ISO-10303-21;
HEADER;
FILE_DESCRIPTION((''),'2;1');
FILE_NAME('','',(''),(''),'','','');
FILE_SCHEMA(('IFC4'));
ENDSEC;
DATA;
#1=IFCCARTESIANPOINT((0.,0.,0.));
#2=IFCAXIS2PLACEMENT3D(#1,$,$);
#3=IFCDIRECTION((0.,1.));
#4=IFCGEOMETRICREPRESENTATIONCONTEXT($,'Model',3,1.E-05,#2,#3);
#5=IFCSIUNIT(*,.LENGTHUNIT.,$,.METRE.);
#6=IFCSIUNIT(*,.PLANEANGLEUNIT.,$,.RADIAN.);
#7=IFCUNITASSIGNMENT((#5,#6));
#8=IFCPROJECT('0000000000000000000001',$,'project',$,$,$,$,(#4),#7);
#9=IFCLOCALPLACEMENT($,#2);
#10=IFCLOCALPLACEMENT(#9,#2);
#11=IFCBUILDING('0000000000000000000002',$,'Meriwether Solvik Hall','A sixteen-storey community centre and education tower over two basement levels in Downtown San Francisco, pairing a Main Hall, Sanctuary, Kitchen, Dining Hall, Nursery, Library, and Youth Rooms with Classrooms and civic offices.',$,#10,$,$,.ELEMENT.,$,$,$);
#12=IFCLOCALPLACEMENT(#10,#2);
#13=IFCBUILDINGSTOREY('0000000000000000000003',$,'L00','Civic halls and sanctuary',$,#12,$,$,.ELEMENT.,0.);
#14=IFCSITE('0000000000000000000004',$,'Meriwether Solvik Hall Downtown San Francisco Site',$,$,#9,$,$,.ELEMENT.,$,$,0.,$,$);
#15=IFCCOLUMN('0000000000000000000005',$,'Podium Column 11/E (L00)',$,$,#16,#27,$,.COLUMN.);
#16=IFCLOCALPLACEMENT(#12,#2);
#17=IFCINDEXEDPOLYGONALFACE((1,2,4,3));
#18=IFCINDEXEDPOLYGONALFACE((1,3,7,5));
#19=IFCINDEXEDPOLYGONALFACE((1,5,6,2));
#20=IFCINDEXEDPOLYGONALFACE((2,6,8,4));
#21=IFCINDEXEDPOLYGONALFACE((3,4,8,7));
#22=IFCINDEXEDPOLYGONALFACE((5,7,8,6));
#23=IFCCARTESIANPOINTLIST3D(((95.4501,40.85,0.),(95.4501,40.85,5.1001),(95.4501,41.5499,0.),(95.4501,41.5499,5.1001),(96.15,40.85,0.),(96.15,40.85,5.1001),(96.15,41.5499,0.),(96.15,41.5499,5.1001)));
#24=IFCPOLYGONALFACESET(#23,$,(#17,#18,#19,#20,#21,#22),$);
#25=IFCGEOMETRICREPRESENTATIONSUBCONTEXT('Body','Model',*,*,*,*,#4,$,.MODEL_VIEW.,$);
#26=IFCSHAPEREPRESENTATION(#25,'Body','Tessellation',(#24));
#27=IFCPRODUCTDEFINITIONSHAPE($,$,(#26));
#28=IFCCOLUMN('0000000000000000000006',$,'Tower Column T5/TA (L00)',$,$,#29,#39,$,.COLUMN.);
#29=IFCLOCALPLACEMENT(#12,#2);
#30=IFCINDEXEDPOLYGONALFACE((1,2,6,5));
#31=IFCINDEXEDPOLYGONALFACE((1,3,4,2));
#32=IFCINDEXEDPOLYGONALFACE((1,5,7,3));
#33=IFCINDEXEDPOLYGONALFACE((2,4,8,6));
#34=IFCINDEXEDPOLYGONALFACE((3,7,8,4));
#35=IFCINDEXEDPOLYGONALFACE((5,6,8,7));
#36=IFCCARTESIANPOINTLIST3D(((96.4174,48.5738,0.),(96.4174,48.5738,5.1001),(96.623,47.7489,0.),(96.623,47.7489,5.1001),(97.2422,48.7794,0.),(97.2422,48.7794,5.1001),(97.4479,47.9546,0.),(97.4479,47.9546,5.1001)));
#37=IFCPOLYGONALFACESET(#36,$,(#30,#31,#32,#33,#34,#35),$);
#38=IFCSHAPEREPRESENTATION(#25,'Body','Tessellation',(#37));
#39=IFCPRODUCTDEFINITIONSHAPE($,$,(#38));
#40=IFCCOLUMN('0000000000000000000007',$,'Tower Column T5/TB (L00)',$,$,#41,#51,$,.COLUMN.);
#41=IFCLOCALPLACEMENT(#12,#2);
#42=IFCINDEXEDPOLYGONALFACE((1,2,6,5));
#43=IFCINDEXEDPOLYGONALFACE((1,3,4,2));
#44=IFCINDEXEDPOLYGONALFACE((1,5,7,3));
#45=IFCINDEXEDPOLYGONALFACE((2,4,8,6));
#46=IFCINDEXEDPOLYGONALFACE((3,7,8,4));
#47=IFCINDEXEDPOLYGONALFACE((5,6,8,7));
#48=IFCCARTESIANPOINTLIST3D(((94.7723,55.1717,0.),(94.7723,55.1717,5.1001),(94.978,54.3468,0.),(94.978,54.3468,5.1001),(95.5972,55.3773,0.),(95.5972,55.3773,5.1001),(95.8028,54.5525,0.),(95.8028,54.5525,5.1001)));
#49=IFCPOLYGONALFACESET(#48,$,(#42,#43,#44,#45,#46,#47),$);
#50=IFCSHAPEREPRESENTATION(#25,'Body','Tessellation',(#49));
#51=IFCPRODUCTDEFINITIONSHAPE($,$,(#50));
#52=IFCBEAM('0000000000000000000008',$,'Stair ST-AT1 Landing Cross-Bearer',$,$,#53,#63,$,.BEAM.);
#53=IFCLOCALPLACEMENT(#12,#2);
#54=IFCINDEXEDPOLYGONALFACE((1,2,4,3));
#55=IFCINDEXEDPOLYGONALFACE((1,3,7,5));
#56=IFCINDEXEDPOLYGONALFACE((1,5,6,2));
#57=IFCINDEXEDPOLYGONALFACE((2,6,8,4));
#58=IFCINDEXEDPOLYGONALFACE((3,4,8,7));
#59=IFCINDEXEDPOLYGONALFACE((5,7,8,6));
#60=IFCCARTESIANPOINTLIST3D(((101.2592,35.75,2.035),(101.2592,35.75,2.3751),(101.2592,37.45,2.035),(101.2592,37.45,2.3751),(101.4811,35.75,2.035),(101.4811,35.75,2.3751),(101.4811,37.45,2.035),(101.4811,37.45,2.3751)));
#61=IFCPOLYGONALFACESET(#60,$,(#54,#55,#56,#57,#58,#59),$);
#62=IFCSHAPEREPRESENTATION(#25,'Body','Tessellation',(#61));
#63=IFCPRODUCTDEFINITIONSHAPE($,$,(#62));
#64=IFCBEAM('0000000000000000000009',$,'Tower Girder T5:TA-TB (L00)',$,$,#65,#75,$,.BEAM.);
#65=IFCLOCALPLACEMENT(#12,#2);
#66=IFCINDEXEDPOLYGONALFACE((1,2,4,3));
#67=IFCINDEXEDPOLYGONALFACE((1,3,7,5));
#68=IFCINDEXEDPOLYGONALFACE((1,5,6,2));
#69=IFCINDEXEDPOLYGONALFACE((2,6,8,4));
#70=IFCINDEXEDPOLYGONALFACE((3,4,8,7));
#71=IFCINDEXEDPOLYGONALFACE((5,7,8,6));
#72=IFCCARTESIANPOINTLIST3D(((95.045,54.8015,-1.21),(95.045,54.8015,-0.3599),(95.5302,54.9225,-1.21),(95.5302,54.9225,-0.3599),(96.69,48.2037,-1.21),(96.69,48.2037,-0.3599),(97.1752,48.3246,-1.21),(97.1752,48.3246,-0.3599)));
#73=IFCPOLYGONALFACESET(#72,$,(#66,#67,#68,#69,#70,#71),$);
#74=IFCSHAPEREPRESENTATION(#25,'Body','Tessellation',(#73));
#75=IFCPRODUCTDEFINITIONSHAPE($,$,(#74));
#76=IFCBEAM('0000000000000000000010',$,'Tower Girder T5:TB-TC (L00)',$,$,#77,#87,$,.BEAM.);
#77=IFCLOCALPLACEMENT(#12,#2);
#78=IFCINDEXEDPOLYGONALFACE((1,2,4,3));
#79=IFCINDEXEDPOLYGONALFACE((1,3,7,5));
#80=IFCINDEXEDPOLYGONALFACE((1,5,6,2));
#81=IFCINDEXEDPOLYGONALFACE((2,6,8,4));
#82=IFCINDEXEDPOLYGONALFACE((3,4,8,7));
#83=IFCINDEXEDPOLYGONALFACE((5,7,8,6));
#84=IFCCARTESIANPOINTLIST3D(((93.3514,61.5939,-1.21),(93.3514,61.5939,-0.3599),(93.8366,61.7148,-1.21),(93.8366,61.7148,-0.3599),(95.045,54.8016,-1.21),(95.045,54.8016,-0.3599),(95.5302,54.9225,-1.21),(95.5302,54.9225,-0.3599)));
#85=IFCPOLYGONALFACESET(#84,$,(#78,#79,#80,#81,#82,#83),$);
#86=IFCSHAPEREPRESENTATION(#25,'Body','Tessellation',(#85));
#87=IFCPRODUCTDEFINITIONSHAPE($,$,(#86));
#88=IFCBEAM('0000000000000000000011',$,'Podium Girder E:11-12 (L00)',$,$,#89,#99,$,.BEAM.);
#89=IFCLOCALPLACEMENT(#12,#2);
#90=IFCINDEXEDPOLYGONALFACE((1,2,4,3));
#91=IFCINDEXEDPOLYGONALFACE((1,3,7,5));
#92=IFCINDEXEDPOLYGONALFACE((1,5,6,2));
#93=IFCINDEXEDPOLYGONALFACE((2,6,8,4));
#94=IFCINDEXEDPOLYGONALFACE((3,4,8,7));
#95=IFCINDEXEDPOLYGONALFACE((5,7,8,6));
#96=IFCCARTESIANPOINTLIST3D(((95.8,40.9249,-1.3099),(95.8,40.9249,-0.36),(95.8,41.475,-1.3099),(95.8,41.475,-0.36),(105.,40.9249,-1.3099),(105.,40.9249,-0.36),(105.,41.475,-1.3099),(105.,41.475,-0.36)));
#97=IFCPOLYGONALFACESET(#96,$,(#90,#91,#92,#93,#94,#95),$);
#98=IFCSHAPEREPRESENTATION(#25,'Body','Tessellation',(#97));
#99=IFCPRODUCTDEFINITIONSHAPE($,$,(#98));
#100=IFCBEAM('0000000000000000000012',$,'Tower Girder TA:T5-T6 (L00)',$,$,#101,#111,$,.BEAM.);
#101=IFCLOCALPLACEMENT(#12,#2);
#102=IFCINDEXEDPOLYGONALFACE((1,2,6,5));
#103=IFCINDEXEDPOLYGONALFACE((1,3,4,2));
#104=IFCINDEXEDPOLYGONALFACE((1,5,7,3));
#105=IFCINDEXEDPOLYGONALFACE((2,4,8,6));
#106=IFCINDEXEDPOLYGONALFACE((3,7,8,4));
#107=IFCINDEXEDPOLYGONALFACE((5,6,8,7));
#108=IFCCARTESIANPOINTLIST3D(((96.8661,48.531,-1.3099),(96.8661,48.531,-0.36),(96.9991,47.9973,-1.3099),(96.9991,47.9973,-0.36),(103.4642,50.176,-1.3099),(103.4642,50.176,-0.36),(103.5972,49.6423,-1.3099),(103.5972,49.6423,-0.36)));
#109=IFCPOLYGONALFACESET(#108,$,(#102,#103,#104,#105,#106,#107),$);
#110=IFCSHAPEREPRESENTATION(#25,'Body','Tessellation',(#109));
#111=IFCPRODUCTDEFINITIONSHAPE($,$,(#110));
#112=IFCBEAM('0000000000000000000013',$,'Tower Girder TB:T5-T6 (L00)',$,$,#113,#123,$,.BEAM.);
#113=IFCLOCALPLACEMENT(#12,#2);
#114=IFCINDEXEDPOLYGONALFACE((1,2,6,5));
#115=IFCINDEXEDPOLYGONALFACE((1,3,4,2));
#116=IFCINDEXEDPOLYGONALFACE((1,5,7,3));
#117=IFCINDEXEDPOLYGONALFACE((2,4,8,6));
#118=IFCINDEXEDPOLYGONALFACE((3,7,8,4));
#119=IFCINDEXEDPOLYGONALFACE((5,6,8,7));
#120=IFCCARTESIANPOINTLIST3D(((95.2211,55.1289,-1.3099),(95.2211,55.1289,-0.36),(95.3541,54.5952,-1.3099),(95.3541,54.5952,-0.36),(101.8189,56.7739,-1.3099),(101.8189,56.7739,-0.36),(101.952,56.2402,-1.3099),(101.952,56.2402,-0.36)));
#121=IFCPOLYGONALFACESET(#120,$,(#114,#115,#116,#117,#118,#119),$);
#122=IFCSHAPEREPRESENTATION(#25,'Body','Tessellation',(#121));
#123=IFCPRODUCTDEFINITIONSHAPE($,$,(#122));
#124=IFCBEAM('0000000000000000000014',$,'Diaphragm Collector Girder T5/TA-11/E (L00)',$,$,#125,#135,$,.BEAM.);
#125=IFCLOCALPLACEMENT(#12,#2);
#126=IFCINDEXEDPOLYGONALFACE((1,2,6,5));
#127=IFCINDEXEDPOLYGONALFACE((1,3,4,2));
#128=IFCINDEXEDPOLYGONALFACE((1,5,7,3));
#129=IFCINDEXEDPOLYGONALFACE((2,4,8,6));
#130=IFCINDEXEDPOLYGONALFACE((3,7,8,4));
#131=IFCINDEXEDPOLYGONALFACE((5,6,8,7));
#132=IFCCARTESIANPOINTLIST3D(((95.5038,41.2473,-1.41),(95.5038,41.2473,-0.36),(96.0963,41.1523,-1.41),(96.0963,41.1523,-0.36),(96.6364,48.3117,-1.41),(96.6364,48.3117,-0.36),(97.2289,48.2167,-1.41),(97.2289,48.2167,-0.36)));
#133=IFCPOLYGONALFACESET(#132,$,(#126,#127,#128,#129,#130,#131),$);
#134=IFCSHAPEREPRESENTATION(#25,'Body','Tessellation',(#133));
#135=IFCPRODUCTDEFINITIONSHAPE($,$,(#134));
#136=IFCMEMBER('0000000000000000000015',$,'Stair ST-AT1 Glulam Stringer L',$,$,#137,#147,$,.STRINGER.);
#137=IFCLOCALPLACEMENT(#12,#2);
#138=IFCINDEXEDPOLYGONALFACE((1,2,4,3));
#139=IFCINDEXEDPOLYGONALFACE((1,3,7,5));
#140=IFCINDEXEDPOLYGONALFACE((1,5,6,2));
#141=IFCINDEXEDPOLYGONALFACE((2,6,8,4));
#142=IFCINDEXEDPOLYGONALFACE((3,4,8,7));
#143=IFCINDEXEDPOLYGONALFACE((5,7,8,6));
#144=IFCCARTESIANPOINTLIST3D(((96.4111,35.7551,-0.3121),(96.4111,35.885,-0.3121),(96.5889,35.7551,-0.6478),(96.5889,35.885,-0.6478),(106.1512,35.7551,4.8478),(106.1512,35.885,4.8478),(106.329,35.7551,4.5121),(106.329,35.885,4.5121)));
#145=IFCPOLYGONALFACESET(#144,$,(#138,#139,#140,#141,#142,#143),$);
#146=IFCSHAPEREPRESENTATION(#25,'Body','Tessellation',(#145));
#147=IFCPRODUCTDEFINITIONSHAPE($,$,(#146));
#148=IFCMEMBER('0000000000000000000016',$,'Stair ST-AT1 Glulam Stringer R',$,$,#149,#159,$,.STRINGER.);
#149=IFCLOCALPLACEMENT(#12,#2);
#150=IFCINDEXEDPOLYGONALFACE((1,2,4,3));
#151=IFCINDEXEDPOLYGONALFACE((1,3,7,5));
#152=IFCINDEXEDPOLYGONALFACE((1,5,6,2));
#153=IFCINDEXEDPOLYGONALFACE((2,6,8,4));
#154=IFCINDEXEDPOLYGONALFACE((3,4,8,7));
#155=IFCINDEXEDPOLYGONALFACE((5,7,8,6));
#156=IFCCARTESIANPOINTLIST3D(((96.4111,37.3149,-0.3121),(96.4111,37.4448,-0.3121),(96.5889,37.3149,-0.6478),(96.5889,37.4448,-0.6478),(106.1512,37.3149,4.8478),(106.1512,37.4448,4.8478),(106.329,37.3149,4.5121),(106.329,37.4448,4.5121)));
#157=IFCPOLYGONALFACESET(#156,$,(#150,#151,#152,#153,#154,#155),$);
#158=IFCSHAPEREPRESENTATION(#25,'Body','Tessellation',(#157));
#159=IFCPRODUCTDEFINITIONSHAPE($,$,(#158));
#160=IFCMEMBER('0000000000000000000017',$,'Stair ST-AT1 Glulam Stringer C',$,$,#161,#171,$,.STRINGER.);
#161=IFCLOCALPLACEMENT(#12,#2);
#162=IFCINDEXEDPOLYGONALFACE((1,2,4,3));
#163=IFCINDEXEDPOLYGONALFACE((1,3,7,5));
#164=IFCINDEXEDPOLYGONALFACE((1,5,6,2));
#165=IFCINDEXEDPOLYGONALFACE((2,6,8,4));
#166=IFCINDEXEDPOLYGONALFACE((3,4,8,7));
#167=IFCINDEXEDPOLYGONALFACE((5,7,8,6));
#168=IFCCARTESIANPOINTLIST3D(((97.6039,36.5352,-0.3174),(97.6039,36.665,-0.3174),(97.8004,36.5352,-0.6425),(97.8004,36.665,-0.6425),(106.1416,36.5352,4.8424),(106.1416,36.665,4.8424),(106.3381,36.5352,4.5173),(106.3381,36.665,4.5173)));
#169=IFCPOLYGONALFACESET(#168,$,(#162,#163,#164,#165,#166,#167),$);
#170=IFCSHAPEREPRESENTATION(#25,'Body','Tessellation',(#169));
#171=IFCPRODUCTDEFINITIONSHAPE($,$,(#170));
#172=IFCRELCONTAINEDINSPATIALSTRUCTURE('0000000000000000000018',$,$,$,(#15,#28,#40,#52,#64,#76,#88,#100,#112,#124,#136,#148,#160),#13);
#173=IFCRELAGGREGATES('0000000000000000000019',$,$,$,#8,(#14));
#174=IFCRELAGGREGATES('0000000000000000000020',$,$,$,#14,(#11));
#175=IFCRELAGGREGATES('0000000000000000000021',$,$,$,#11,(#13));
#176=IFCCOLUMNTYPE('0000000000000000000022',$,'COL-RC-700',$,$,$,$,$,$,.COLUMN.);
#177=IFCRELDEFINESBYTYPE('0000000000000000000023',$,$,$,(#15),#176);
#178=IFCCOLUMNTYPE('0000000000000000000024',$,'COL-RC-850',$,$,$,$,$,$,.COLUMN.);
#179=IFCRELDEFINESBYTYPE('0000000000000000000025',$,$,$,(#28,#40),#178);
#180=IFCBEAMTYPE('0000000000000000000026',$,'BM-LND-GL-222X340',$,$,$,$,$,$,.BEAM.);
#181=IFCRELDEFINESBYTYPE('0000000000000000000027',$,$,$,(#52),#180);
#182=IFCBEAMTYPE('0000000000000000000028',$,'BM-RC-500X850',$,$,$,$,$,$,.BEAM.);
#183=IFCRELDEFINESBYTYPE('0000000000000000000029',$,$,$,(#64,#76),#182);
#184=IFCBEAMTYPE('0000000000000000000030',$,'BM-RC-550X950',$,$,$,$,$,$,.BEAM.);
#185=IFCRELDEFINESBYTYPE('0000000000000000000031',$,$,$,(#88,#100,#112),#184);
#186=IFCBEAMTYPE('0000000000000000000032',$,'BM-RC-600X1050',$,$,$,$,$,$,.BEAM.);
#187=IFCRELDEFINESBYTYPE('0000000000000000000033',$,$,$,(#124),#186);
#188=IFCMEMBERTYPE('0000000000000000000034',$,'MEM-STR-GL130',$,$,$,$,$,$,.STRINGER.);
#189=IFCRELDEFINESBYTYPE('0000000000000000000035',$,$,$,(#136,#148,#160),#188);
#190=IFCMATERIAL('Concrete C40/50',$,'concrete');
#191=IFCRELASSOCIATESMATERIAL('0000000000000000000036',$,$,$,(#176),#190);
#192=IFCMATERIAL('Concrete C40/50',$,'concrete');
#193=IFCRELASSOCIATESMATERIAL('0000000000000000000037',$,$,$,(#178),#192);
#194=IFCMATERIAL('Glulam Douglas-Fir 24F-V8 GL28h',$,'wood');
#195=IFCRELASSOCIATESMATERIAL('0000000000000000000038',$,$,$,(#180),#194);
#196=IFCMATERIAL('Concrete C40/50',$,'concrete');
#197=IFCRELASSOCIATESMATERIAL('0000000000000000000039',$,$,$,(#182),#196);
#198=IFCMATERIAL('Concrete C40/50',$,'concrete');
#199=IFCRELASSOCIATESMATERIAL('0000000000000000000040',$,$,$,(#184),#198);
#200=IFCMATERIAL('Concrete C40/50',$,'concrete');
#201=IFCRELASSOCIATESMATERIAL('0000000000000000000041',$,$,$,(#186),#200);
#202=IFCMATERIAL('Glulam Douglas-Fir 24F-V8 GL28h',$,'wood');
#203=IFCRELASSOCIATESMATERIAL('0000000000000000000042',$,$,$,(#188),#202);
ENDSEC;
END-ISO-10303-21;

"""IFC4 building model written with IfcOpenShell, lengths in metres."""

from ifc_helpers import new_model, si_unit, direction, frame, origin, origin_2d, place, context, subcontext, project, spatial, rectangle, extrude, material, material_profile, profile_set, type_object, element, save


model = new_model("IFC4")

# Units and contexts
model_context = context("Model", 3, precision=1e-05, world=origin(), true_north=direction((0.0, 1.0)))
body_context = subcontext(model_context, "Body", "Model", "MODEL_VIEW")
ifc_project = project(units=[si_unit("LENGTHUNIT", "METRE"), si_unit("PLANEANGLEUNIT", "RADIAN")], contexts=[model_context])

# Site, building, storey
site_placement = place(None, origin())
site = spatial("IfcSite", under=ifc_project, at=site_placement, Name="Meriwether Solvik Hall Downtown San Francisco Site", CompositionType="ELEMENT", RefElevation=0.0)
building_placement = place(site_placement, origin())
building = spatial("IfcBuilding", under=site, at=building_placement, Name="Meriwether Solvik Hall", Description="A sixteen-storey community centre and education tower over two basement levels in Downtown San Francisco, pairing a Main Hall, Sanctuary, Kitchen, Dining Hall, Nursery, Library, and Youth Rooms with Classrooms and civic offices.", CompositionType="ELEMENT")
storey_placement = place(building_placement, origin())
storey = spatial("IfcBuildingStorey", under=building, at=storey_placement, Name="L00", Description="Civic halls and sanctuary", CompositionType="ELEMENT", Elevation=0.0)

# Columns
ifc_material_1 = material(Name="Concrete C40/50", Category="concrete")
ifc_material_profile_1 = material_profile(ifc_material_1, rectangle(XDim=0.7, YDim=0.7, at=origin_2d()), Name="RCC-700X700")
ifc_profile_set_1 = profile_set([ifc_material_profile_1], Name="Concrete C40/50")
column_type_1 = type_object("IfcColumnType", Name="COL-RC-700", PredefinedType="COLUMN", material=ifc_profile_set_1)
column_placement = place(storey_placement, frame((95.8, 41.2, 0.0), z_axis=(0.0, 0.0, 1.0), x_axis=(1.0, 0.0, 0.0)))
element("IfcColumn", 1, at=column_placement, inside=storey, type_object=column_type_1, Name="Podium Column 11/E (L00)", PredefinedType="COLUMN", context=body_context, shape_type="SweptSolid", body=[
    extrude(rectangle(XDim=0.7, YDim=0.7, at=origin_2d()), origin(), (0.0, 0.0, 1.0), 5.1001),
])
ifc_material_2 = material(Name="Concrete C40/50", Category="concrete")
ifc_material_profile_2 = material_profile(ifc_material_2, rectangle(XDim=0.8501, YDim=0.8501, at=origin_2d()), Name="RCC-850X850")
ifc_profile_set_2 = profile_set([ifc_material_profile_2], Name="Concrete C40/50")
column_type_2 = type_object("IfcColumnType", Name="COL-RC-850", PredefinedType="COLUMN", material=ifc_profile_set_2)
for number, where, z_axis, x_axis, name in (
    (2, (96.9326, 48.2642, 0.0), (0.0, 0.0, 1.0), (0.970296, 0.241922, 0.0), "Tower Column T5/TA (L00)"),
    (3, (95.2876, 54.8621, 0.0), (0.0, 0.0, 1.0), (0.970296, 0.241922, 0.0), "Tower Column T5/TB (L00)"),
):
    element("IfcColumn", number, at=place(storey_placement, frame(where, z_axis=z_axis, x_axis=x_axis)), inside=storey, type_object=column_type_2, Name=name, PredefinedType="COLUMN", context=body_context, shape_type="SweptSolid", body=[
        extrude(rectangle(XDim=0.8501, YDim=0.8501, at=origin_2d()), origin(), (0.0, 0.0, 1.0), 5.1001),
    ])

# Beams
ifc_material_3 = material(Name="Glulam Douglas-Fir 24F-V8 GL28h", Category="wood")
ifc_material_profile_3 = material_profile(ifc_material_3, rectangle(XDim=0.2219, YDim=0.3401, at=origin_2d()), Name="GLB-222X340")
ifc_profile_set_3 = profile_set([ifc_material_profile_3], Name="Glulam Douglas-Fir 24F-V8 GL28h")
beam_type_1 = type_object("IfcBeamType", Name="BM-LND-GL-222X340", PredefinedType="BEAM", material=ifc_profile_set_3)
beam_1_placement = place(storey_placement, frame((101.3701, 35.75, 2.2051), z_axis=(0.0, 1.0, 0.0), x_axis=(-1.0, 0.0, 0.0)))
element("IfcBeam", 4, at=beam_1_placement, inside=storey, type_object=beam_type_1, Name="Stair ST-AT1 Landing Cross-Bearer", PredefinedType="BEAM", context=body_context, shape_type="SweptSolid", body=[
    extrude(rectangle(XDim=0.2219, YDim=0.3401, at=origin_2d()), origin(), (0.0, 0.0, 1.0), 1.7),
])
ifc_material_4 = material(Name="Concrete C40/50", Category="concrete")
ifc_material_profile_4 = material_profile(ifc_material_4, rectangle(XDim=0.5, YDim=0.8501, at=origin_2d()), Name="RCB-500X850")
ifc_profile_set_4 = profile_set([ifc_material_profile_4], Name="Concrete C40/50")
beam_type_2 = type_object("IfcBeamType", Name="BM-RC-500X850", PredefinedType="BEAM", material=ifc_profile_set_4)
beam_2_placement = place(storey_placement, frame((96.9326, 48.2642, -0.7849), z_axis=(-0.241919, 0.970296, 0.0), x_axis=(-0.970296, -0.241919, 0.0)))
element("IfcBeam", 5, at=beam_2_placement, inside=storey, type_object=beam_type_2, Name="Tower Girder T5:TA-TB (L00)", PredefinedType="BEAM", context=body_context, shape_type="SweptSolid", body=[
    extrude(rectangle(XDim=0.5, YDim=0.8501, at=origin_2d()), origin(), (0.0, 0.0, 1.0), 6.7998),
])
beam_3_placement = place(storey_placement, frame((95.2876, 54.8621, -0.7849), z_axis=(-0.241937, 0.970292, 0.0), x_axis=(-0.970292, -0.241937, 0.0)))
element("IfcBeam", 6, at=beam_3_placement, inside=storey, type_object=beam_type_2, Name="Tower Girder T5:TB-TC (L00)", PredefinedType="BEAM", context=body_context, shape_type="SweptSolid", body=[
    extrude(rectangle(XDim=0.5, YDim=0.8501, at=origin_2d()), origin(), (0.0, 0.0, 1.0), 7.0002),
])
ifc_material_5 = material(Name="Concrete C40/50", Category="concrete")
ifc_material_profile_5 = material_profile(ifc_material_5, rectangle(XDim=0.55, YDim=0.95, at=origin_2d()), Name="RCB-550X950")
ifc_profile_set_5 = profile_set([ifc_material_profile_5], Name="Concrete C40/50")
beam_type_3 = type_object("IfcBeamType", Name="BM-RC-550X950", PredefinedType="BEAM", material=ifc_profile_set_5)
beam_4_placement = place(storey_placement, frame((95.8, 41.2, -0.835), z_axis=(1.0, 0.0, 0.0), x_axis=(0.0, 1.0, 0.0)))
element("IfcBeam", 7, at=beam_4_placement, inside=storey, type_object=beam_type_3, Name="Podium Girder E:11-12 (L00)", PredefinedType="BEAM", context=body_context, shape_type="SweptSolid", body=[
    extrude(rectangle(XDim=0.55, YDim=0.95, at=origin_2d()), origin(), (0.0, 0.0, 1.0), 9.2),
])
beam_5_placement = place(storey_placement, frame((96.9326, 48.2642, -0.835), z_axis=(0.970299, 0.24191, 0.0), x_axis=(-0.24191, 0.970299, 0.0)))
element("IfcBeam", 8, at=beam_5_placement, inside=storey, type_object=beam_type_3, Name="Tower Girder TA:T5-T6 (L00)", PredefinedType="BEAM", context=body_context, shape_type="SweptSolid", body=[
    extrude(rectangle(XDim=0.55, YDim=0.95, at=origin_2d()), origin(), (0.0, 0.0, 1.0), 6.8),
])
beam_6_placement = place(storey_placement, frame((95.2876, 54.8621, -0.835), z_axis=(0.970296, 0.241919, 0.0), x_axis=(-0.241919, 0.970296, 0.0)))
element("IfcBeam", 9, at=beam_6_placement, inside=storey, type_object=beam_type_3, Name="Tower Girder TB:T5-T6 (L00)", PredefinedType="BEAM", context=body_context, shape_type="SweptSolid", body=[
    extrude(rectangle(XDim=0.55, YDim=0.95, at=origin_2d()), origin(), (0.0, 0.0, 1.0), 6.7998),
])
ifc_material_6 = material(Name="Concrete C40/50", Category="concrete")
ifc_material_profile_6 = material_profile(ifc_material_6, rectangle(XDim=0.6001, YDim=1.05, at=origin_2d()), Name="RCB-600X1050")
ifc_profile_set_6 = profile_set([ifc_material_profile_6], Name="Concrete C40/50")
beam_type_4 = type_object("IfcBeamType", Name="BM-RC-600X1050", PredefinedType="BEAM", material=ifc_profile_set_6)
beam_7_placement = place(storey_placement, frame((96.9326, 48.2642, -0.885), z_axis=(-0.158303, -0.987391, 0.0), x_axis=(0.987391, -0.158303, 0.0)))
element("IfcBeam", 10, at=beam_7_placement, inside=storey, type_object=beam_type_4, Name="Diaphragm Collector Girder T5/TA-11/E (L00)", PredefinedType="BEAM", context=body_context, shape_type="SweptSolid", body=[
    extrude(rectangle(XDim=0.6001, YDim=1.05, at=origin_2d()), origin(), (0.0, 0.0, 1.0), 7.1545),
])

# Members
ifc_material_7 = material(Name="Glulam Douglas-Fir 24F-V8 GL28h", Category="wood")
ifc_material_profile_7 = material_profile(ifc_material_7, rectangle(XDim=0.1299, YDim=0.3799, at=origin_2d()), Name="GLM-130X380")
ifc_profile_set_7 = profile_set([ifc_material_profile_7], Name="Glulam Douglas-Fir 24F-V8 GL28h")
member_type = type_object("IfcMemberType", Name="MEM-STR-GL130", PredefinedType="STRINGER", material=ifc_profile_set_7)
for number, where, z_axis, x_axis, name in (
    (11, (96.5, 35.8201, -0.48), (0.883659, 0.0, 0.468132), (0.0, 1.0, 0.0), "Stair ST-AT1 Glulam Stringer L"),
    (12, (96.5, 37.3799, -0.48), (0.883659, 0.0, 0.468132), (0.0, 1.0, 0.0), "Stair ST-AT1 Glulam Stringer R"),
):
    element("IfcMember", number, at=place(storey_placement, frame(where, z_axis=z_axis, x_axis=x_axis)), inside=storey, type_object=member_type, Name=name, PredefinedType="STRINGER", context=body_context, shape_type="SweptSolid", body=[
        extrude(rectangle(XDim=0.1299, YDim=0.3799, at=origin_2d()), origin(), (0.0, 0.0, 1.0), 11.0225),
    ])
member_placement = place(storey_placement, frame((97.7021, 36.6001, -0.48), z_axis=(0.855843, 0.0, 0.517236), x_axis=(0.0, 1.0, 0.0)))
element("IfcMember", 13, at=member_placement, inside=storey, type_object=member_type, Name="Stair ST-AT1 Glulam Stringer C", PredefinedType="STRINGER", context=body_context, shape_type="SweptSolid", body=[
    extrude(rectangle(XDim=0.1299, YDim=0.3799, at=origin_2d()), origin(), (0.0, 0.0, 1.0), 9.9758),
])

save(model, "model.ifc")
